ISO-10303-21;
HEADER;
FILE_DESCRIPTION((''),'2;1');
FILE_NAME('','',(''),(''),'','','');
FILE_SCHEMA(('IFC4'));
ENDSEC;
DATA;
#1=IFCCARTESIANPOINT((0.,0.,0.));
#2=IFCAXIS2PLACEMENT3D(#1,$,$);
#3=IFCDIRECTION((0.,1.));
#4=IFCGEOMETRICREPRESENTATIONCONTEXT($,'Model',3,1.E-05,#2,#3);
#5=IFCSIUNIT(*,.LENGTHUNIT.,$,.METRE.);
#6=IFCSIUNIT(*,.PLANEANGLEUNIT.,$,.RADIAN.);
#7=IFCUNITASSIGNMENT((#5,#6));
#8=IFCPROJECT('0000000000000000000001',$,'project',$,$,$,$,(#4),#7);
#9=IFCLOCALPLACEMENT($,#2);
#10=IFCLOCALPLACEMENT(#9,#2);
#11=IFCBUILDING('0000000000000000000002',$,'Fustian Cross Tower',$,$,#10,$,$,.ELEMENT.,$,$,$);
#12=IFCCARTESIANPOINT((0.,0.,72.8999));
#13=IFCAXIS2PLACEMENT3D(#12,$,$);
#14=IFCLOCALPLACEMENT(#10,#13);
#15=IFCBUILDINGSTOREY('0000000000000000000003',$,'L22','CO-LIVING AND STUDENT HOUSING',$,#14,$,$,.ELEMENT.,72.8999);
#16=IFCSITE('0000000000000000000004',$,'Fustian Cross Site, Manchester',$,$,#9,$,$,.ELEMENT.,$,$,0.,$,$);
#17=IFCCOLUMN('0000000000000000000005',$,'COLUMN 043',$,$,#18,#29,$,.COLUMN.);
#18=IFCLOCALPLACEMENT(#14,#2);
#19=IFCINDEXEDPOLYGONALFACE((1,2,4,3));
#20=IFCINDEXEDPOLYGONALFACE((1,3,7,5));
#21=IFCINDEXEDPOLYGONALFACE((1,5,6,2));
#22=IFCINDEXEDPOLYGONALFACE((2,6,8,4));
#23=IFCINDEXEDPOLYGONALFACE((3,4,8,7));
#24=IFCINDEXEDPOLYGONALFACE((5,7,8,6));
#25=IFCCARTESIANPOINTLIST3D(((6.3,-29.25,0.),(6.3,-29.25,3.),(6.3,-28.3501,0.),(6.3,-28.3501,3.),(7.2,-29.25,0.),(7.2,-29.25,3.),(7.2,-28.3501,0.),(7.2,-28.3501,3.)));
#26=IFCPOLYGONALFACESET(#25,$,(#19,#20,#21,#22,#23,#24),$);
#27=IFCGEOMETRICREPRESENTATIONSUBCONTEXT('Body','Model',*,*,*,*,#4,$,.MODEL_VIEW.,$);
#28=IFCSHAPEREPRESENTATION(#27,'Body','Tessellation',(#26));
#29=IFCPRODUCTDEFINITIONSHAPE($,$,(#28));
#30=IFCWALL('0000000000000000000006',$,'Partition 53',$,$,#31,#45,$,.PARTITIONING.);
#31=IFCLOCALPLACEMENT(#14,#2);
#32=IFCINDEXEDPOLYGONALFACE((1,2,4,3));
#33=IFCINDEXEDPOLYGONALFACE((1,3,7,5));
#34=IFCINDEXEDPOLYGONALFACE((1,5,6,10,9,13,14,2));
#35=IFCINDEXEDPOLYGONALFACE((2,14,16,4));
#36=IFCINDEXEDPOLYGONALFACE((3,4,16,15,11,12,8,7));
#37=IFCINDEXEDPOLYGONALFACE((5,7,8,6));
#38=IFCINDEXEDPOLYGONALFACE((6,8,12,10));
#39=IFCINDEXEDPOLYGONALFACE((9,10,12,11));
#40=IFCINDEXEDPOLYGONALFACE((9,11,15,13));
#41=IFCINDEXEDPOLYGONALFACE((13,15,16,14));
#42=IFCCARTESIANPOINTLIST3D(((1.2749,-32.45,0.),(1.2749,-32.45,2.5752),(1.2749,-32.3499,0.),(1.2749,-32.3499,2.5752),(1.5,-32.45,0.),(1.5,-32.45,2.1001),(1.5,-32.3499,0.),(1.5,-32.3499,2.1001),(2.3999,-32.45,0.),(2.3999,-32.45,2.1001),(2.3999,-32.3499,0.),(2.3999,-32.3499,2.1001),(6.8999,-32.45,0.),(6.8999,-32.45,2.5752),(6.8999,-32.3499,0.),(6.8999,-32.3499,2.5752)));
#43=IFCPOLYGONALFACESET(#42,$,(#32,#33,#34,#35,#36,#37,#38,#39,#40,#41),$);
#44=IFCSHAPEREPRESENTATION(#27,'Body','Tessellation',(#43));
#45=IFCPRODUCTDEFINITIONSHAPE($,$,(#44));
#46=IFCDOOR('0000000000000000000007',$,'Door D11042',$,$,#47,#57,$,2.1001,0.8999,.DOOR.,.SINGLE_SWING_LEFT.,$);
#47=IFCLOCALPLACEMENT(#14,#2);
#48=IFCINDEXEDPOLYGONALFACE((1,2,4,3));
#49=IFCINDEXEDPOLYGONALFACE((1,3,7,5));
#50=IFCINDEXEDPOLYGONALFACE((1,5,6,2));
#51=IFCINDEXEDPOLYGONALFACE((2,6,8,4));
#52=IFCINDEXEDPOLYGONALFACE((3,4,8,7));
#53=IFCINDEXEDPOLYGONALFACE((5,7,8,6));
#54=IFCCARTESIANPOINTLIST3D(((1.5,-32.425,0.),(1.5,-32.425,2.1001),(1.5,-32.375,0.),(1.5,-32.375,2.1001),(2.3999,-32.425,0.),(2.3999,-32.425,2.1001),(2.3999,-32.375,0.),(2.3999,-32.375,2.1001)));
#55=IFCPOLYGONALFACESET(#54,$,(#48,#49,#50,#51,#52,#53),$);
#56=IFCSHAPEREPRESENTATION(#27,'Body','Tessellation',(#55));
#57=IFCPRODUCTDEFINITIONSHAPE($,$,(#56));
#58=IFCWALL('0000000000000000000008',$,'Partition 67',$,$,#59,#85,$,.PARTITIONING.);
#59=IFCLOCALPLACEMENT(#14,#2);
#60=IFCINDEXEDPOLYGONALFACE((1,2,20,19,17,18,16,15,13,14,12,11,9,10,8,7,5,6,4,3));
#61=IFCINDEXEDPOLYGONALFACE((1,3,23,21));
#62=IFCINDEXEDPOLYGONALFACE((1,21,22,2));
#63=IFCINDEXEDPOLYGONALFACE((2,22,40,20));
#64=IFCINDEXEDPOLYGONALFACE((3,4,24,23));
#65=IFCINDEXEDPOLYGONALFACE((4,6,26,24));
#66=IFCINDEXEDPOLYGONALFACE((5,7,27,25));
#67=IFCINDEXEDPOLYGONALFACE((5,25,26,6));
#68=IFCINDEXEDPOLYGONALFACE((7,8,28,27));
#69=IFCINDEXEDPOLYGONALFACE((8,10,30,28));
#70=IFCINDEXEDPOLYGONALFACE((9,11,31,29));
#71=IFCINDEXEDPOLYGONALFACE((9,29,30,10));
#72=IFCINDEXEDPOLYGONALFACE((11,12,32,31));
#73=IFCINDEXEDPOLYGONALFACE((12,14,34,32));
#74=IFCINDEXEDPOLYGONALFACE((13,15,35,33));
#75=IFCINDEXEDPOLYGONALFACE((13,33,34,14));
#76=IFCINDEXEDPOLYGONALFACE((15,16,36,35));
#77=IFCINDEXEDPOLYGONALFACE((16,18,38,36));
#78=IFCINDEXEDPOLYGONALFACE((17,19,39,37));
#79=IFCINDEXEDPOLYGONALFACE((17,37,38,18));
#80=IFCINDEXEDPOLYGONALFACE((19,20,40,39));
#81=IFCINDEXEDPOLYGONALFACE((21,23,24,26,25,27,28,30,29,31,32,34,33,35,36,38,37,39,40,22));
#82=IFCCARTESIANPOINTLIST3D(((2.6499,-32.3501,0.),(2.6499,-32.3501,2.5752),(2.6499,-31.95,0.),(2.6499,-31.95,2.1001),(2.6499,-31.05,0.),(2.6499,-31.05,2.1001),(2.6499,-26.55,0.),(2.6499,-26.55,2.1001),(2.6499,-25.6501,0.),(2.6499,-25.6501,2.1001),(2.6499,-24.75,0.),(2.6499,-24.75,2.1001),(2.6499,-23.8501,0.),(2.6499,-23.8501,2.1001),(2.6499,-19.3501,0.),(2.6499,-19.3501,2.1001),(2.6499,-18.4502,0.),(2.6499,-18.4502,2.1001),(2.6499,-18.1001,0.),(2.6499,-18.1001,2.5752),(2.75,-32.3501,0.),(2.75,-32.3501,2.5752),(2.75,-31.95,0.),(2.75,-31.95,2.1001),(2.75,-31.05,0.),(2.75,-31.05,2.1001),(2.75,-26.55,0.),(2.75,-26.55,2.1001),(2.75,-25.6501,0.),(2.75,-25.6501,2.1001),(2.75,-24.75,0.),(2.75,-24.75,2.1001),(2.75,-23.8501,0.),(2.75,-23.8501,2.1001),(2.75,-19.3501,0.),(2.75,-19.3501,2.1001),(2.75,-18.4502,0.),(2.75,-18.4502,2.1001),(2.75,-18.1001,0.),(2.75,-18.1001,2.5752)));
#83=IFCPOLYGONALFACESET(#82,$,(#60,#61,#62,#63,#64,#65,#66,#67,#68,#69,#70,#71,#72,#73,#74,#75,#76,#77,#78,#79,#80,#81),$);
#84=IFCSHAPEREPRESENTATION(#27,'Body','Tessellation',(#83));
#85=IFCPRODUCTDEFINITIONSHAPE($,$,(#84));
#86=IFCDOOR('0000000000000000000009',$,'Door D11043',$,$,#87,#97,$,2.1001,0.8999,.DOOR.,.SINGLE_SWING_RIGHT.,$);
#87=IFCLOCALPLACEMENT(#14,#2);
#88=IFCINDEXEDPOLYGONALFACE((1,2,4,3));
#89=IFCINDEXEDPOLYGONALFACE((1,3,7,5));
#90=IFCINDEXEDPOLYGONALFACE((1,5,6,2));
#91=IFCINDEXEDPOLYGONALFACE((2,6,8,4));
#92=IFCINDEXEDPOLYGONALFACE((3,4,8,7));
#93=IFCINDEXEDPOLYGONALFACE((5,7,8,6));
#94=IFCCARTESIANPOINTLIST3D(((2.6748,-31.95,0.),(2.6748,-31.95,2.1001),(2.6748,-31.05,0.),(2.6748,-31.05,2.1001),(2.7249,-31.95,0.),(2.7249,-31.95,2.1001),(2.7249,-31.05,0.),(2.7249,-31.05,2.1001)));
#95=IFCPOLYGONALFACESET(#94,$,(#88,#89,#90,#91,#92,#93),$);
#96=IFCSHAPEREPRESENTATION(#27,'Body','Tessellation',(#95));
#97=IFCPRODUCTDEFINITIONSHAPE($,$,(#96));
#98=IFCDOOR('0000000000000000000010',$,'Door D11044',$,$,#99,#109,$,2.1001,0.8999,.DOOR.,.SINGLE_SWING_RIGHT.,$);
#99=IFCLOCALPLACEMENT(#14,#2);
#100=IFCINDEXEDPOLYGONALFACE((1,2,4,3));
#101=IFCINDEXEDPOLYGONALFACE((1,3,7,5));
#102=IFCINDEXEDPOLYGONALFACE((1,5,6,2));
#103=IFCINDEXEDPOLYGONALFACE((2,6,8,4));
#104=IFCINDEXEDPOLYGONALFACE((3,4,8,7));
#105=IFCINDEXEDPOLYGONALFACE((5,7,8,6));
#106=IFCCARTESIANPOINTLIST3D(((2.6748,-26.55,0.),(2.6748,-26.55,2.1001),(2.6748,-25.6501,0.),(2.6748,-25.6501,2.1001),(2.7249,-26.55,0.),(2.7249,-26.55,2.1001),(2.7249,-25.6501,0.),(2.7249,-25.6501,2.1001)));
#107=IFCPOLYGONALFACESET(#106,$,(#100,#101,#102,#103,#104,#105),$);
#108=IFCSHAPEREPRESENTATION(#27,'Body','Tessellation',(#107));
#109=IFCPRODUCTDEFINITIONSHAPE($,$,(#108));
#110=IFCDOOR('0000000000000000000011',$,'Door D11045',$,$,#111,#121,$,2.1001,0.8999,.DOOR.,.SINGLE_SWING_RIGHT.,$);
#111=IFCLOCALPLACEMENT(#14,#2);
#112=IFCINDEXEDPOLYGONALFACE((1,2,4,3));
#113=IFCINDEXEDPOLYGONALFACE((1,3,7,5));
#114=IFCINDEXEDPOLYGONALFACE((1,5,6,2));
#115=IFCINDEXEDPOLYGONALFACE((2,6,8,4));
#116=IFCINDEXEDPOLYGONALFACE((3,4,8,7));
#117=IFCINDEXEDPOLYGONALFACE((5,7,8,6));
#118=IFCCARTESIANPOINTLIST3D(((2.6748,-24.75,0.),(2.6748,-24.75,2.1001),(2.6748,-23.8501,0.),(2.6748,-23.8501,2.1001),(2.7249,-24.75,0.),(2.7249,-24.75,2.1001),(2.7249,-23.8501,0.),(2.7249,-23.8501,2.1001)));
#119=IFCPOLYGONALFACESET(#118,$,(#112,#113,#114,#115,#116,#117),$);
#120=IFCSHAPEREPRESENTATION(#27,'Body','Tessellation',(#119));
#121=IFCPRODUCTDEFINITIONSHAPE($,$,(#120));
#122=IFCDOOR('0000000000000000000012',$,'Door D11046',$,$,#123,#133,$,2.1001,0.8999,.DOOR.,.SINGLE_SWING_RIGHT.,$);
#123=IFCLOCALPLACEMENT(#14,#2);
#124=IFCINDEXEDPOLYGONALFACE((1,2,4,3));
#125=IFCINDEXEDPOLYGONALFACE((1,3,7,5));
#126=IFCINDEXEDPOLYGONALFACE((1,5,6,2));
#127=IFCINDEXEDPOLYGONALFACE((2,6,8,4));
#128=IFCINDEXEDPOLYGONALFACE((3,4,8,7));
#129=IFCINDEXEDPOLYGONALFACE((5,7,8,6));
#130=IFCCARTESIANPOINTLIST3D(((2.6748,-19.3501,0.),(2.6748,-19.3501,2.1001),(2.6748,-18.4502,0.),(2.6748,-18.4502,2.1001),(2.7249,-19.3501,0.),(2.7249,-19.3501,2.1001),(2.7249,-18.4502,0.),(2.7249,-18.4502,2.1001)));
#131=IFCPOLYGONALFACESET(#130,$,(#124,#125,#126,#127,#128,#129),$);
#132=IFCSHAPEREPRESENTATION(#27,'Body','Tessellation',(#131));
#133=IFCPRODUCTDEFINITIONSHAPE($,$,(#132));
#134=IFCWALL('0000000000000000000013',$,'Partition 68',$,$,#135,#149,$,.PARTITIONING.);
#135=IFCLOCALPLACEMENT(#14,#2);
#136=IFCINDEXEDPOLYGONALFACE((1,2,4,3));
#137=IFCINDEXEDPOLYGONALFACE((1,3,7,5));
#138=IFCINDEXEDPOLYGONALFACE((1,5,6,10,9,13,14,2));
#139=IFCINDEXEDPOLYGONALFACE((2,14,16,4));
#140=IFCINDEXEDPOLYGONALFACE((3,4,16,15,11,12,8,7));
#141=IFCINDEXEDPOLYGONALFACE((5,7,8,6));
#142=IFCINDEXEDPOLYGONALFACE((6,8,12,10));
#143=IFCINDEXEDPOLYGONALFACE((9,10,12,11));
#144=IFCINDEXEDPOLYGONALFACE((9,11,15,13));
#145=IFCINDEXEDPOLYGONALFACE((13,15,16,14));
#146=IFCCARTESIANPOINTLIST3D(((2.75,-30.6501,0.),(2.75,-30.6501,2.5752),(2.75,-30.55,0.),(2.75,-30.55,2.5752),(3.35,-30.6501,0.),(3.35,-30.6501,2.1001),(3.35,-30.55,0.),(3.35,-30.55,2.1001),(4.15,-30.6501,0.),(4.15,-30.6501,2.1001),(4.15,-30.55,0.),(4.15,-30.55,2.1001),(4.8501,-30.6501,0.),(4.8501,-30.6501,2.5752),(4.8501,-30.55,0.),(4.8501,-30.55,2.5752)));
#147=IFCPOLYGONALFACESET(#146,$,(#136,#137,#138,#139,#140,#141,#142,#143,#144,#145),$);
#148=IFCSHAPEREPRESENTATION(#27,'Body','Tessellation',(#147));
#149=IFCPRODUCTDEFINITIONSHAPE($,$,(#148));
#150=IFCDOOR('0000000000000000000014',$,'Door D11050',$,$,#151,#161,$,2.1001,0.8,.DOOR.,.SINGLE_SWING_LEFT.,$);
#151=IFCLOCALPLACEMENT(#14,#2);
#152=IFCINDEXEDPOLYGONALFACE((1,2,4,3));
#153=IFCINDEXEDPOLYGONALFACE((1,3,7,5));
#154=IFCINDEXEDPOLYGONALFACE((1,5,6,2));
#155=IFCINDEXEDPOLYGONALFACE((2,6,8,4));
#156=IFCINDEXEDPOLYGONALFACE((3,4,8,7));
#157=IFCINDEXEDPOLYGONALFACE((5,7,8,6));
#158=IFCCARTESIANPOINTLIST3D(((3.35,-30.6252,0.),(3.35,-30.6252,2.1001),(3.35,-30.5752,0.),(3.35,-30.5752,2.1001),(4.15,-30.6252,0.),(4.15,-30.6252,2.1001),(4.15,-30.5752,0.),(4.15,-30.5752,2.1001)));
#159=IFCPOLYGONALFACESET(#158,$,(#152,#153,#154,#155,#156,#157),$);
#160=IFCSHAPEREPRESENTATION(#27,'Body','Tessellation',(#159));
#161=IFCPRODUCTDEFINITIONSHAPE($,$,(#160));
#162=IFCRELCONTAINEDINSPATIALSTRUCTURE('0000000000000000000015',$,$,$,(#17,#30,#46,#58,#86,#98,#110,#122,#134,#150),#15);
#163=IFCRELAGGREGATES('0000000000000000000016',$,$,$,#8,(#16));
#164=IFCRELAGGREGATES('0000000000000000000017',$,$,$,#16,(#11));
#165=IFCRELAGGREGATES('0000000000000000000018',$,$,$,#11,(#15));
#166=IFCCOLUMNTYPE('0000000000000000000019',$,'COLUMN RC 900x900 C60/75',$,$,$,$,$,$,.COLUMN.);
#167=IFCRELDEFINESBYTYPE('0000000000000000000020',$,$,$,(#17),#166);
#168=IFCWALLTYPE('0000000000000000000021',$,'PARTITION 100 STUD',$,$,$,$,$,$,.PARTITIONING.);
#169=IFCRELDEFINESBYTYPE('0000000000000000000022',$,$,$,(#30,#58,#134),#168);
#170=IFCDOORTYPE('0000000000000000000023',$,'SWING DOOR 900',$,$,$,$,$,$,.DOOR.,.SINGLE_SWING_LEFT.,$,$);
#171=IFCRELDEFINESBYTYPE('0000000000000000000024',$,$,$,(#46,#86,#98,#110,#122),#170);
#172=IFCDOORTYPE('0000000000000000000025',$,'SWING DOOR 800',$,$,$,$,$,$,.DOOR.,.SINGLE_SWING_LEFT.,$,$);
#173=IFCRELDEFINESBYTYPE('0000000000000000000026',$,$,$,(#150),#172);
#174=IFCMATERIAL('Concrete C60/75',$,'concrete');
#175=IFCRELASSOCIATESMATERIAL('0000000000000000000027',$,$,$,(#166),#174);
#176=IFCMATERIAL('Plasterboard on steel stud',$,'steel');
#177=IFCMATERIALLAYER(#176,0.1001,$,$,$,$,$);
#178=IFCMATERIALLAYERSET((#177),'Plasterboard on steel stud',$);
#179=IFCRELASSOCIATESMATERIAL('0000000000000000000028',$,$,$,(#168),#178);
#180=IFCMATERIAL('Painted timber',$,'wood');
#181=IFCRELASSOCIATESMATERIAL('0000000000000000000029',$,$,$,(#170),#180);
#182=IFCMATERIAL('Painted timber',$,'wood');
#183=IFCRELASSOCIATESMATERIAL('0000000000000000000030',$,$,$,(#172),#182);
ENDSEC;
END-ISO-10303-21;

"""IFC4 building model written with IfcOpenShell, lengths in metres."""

from ifc_helpers import new_model, si_unit, direction, frame, frame_2d, origin, origin_2d, place, context, subcontext, project, spatial, rectangle, extrude, material, layer, layer_set, material_profile, profile_set, type_object, element, fill, save


model = new_model("IFC4")

# Units and contexts
model_context = context("Model", 3, precision=1e-05, world=origin(), true_north=direction((0.0, 1.0)))
body_context = subcontext(model_context, "Body", "Model", "MODEL_VIEW")
ifc_project = project(units=[si_unit("LENGTHUNIT", "METRE"), si_unit("PLANEANGLEUNIT", "RADIAN")], contexts=[model_context])

# Site, building, storey
site_placement = place(None, origin())
site = spatial("IfcSite", under=ifc_project, at=site_placement, Name="Fustian Cross Site, Manchester", CompositionType="ELEMENT", RefElevation=0.0)
building_placement = place(site_placement, origin())
building = spatial("IfcBuilding", under=site, at=building_placement, Name="Fustian Cross Tower", CompositionType="ELEMENT")
storey_placement = place(building_placement, frame((0.0, 0.0, 72.8999)))
storey = spatial("IfcBuildingStorey", under=building, at=storey_placement, Name="L22", Description="CO-LIVING AND STUDENT HOUSING", CompositionType="ELEMENT", Elevation=72.8999)

# Column
ifc_material_1 = material(Name="Concrete C60/75", Category="concrete")
ifc_material_profile = material_profile(ifc_material_1, rectangle(XDim=0.8999, YDim=0.8999, at=origin_2d()), Name="RC 900x900")
ifc_profile_set = profile_set([ifc_material_profile], Name="Concrete C60/75")
column_type = type_object("IfcColumnType", Name="COLUMN RC 900x900 C60/75", PredefinedType="COLUMN", material=ifc_profile_set)
column_placement = place(storey_placement, frame((6.75, -28.8, 0.0), z_axis=(0.0, 0.0, 1.0), x_axis=(1.0, 0.0, 0.0)))
element("IfcColumn", 1, at=column_placement, inside=storey, type_object=column_type, Name="COLUMN 043", PredefinedType="COLUMN", context=body_context, shape_type="SweptSolid", body=[
    extrude(rectangle(XDim=0.8999, YDim=0.8999, at=origin_2d()), origin(), (0.0, 0.0, 1.0), 3.0),
])

# Wall, opening, door
ifc_material_2 = material(Name="Plasterboard on steel stud", Category="steel")
ifc_layer = layer(ifc_material_2, 0.1001)
ifc_layer_set = layer_set([ifc_layer], Name="Plasterboard on steel stud")
wall_type = type_object("IfcWallType", Name="PARTITION 100 STUD", PredefinedType="PARTITIONING", material=ifc_layer_set)
wall_1_placement = place(storey_placement, frame((1.2749, -32.3999, 0.0), z_axis=(0.0, 0.0, 1.0), x_axis=(1.0, 0.0, 0.0)))
wall_1 = element("IfcWall", 2, at=wall_1_placement, inside=storey, type_object=wall_type, Name="Partition 53", PredefinedType="PARTITIONING", context=body_context, shape_type="SweptSolid", body=[
    extrude(rectangle(XDim=5.625, YDim=0.1001, at=frame_2d((2.8125, 0.0))), origin(), (0.0, 0.0, 1.0), 2.5752),
])
opening_1_placement = place(wall_1_placement, frame((0.2251, 0.0, 0.0)))
opening_1 = element("IfcOpeningElement", 3, at=opening_1_placement, cuts=wall_1, PredefinedType="OPENING", context=body_context, shape_type="SweptSolid", body=[
    extrude(rectangle(XDim=0.8999, YDim=2.1001, at=frame_2d((0.45, 1.05))), frame((0.0, 0.0601, 0.0), z_axis=(0.0, -1.0, 0.0), x_axis=(1.0, 0.0, 0.0)), (0.0, 0.0, 1.0), 0.1201),
])
ifc_material_3 = material(Name="Painted timber", Category="wood")
door_type_1 = type_object("IfcDoorType", Name="SWING DOOR 900", OperationType="SINGLE_SWING_LEFT", PredefinedType="DOOR", material=ifc_material_3)
door_1_placement = place(opening_1_placement, origin())
door_1 = element("IfcDoor", 4, at=door_1_placement, inside=storey, type_object=door_type_1, Name="Door D11042", OperationType="SINGLE_SWING_LEFT", OverallHeight=2.1001, OverallWidth=0.8999, PredefinedType="DOOR", context=body_context, shape_type="SweptSolid", body=[
    extrude(rectangle(XDim=0.8999, YDim=2.1001, at=frame_2d((0.45, 1.05))), frame((0.0, 0.0249, 0.0), z_axis=(0.0, -1.0, 0.0), x_axis=(1.0, 0.0, 0.0)), (0.0, 0.0, 1.0), 0.05),
])
fill(opening_1, door_1)

# Wall, openings, doors
wall_2_placement = place(storey_placement, frame((2.7, -32.3501, 0.0), z_axis=(0.0, 0.0, 1.0), x_axis=(0.0, 1.0, 0.0)))
wall_2 = element("IfcWall", 5, at=wall_2_placement, inside=storey, type_object=wall_type, Name="Partition 67", PredefinedType="PARTITIONING", context=body_context, shape_type="SweptSolid", body=[
    extrude(rectangle(XDim=14.25, YDim=0.1001, at=frame_2d((7.125, 0.0))), origin(), (0.0, 0.0, 1.0), 2.5752),
])
opening_2_placement = place(wall_2_placement, frame((0.4001, 0.0, 0.0)))
opening_2 = element("IfcOpeningElement", 6, at=opening_2_placement, cuts=wall_2, PredefinedType="OPENING", context=body_context, shape_type="SweptSolid", body=[
    extrude(rectangle(XDim=0.8999, YDim=2.1001, at=frame_2d((0.45, 1.05))), frame((0.0, 0.0601, 0.0), z_axis=(0.0, -1.0, 0.0), x_axis=(1.0, 0.0, 0.0)), (0.0, 0.0, 1.0), 0.1201),
])
opening_3_placement = place(wall_2_placement, frame((5.8, 0.0, 0.0)))
opening_3 = element("IfcOpeningElement", 7, at=opening_3_placement, cuts=wall_2, PredefinedType="OPENING", context=body_context, shape_type="SweptSolid", body=[
    extrude(rectangle(XDim=0.8999, YDim=2.1001, at=frame_2d((0.45, 1.05))), frame((0.0, 0.0601, 0.0), z_axis=(0.0, -1.0, 0.0), x_axis=(1.0, 0.0, 0.0)), (0.0, 0.0, 1.0), 0.1201),
])
opening_4_placement = place(wall_2_placement, frame((7.6001, 0.0, 0.0)))
opening_4 = element("IfcOpeningElement", 8, at=opening_4_placement, cuts=wall_2, PredefinedType="OPENING", context=body_context, shape_type="SweptSolid", body=[
    extrude(rectangle(XDim=0.8999, YDim=2.1001, at=frame_2d((0.45, 1.05))), frame((0.0, 0.0601, 0.0), z_axis=(0.0, -1.0, 0.0), x_axis=(1.0, 0.0, 0.0)), (0.0, 0.0, 1.0), 0.1201),
])
opening_5_placement = place(wall_2_placement, frame((13.0, 0.0, 0.0)))
opening_5 = element("IfcOpeningElement", 9, at=opening_5_placement, cuts=wall_2, PredefinedType="OPENING", context=body_context, shape_type="SweptSolid", body=[
    extrude(rectangle(XDim=0.8999, YDim=2.1001, at=frame_2d((0.45, 1.05))), frame((0.0, 0.0601, 0.0), z_axis=(0.0, -1.0, 0.0), x_axis=(1.0, 0.0, 0.0)), (0.0, 0.0, 1.0), 0.1201),
])
door_2_placement = place(opening_2_placement, frame((0.8999, 0.0, 0.0), z_axis=(0.0, 0.0, 1.0), x_axis=(-1.0, 0.0, 0.0)))
door_2 = element("IfcDoor", 10, at=door_2_placement, inside=storey, type_object=door_type_1, Name="Door D11043", OperationType="SINGLE_SWING_RIGHT", OverallHeight=2.1001, OverallWidth=0.8999, PredefinedType="DOOR", context=body_context, shape_type="SweptSolid", body=[
    extrude(rectangle(XDim=0.8999, YDim=2.1001, at=frame_2d((0.45, 1.05))), frame((0.0, 0.0249, 0.0), z_axis=(0.0, -1.0, 0.0), x_axis=(1.0, 0.0, 0.0)), (0.0, 0.0, 1.0), 0.05),
])
fill(opening_2, door_2)
door_3_placement = place(opening_3_placement, frame((0.8999, 0.0, 0.0), z_axis=(0.0, 0.0, 1.0), x_axis=(-1.0, 0.0, 0.0)))
door_3 = element("IfcDoor", 11, at=door_3_placement, inside=storey, type_object=door_type_1, Name="Door D11044", OperationType="SINGLE_SWING_RIGHT", OverallHeight=2.1001, OverallWidth=0.8999, PredefinedType="DOOR", context=body_context, shape_type="SweptSolid", body=[
    extrude(rectangle(XDim=0.8999, YDim=2.1001, at=frame_2d((0.45, 1.05))), frame((0.0, 0.0249, 0.0), z_axis=(0.0, -1.0, 0.0), x_axis=(1.0, 0.0, 0.0)), (0.0, 0.0, 1.0), 0.05),
])
fill(opening_3, door_3)
door_4_placement = place(opening_4_placement, frame((0.8999, 0.0, 0.0), z_axis=(0.0, 0.0, 1.0), x_axis=(-1.0, 0.0, 0.0)))
door_4 = element("IfcDoor", 12, at=door_4_placement, inside=storey, type_object=door_type_1, Name="Door D11045", OperationType="SINGLE_SWING_RIGHT", OverallHeight=2.1001, OverallWidth=0.8999, PredefinedType="DOOR", context=body_context, shape_type="SweptSolid", body=[
    extrude(rectangle(XDim=0.8999, YDim=2.1001, at=frame_2d((0.45, 1.05))), frame((0.0, 0.0249, 0.0), z_axis=(0.0, -1.0, 0.0), x_axis=(1.0, 0.0, 0.0)), (0.0, 0.0, 1.0), 0.05),
])
fill(opening_4, door_4)
door_5_placement = place(opening_5_placement, frame((0.8999, 0.0, 0.0), z_axis=(0.0, 0.0, 1.0), x_axis=(-1.0, 0.0, 0.0)))
door_5 = element("IfcDoor", 13, at=door_5_placement, inside=storey, type_object=door_type_1, Name="Door D11046", OperationType="SINGLE_SWING_RIGHT", OverallHeight=2.1001, OverallWidth=0.8999, PredefinedType="DOOR", context=body_context, shape_type="SweptSolid", body=[
    extrude(rectangle(XDim=0.8999, YDim=2.1001, at=frame_2d((0.45, 1.05))), frame((0.0, 0.0249, 0.0), z_axis=(0.0, -1.0, 0.0), x_axis=(1.0, 0.0, 0.0)), (0.0, 0.0, 1.0), 0.05),
])
fill(opening_5, door_5)

# Wall, opening, door
wall_3_placement = place(storey_placement, frame((2.75, -30.6001, 0.0), z_axis=(0.0, 0.0, 1.0), x_axis=(1.0, 0.0, 0.0)))
wall_3 = element("IfcWall", 14, at=wall_3_placement, inside=storey, type_object=wall_type, Name="Partition 68", PredefinedType="PARTITIONING", context=body_context, shape_type="SweptSolid", body=[
    extrude(rectangle(XDim=2.1001, YDim=0.1001, at=frame_2d((1.05, 0.0))), origin(), (0.0, 0.0, 1.0), 2.5752),
])
opening_6_placement = place(wall_3_placement, frame((0.6001, 0.0, 0.0)))
opening_6 = element("IfcOpeningElement", 15, at=opening_6_placement, cuts=wall_3, PredefinedType="OPENING", context=body_context, shape_type="SweptSolid", body=[
    extrude(rectangle(XDim=0.8, YDim=2.1001, at=frame_2d((0.3999, 1.05))), frame((0.0, 0.0601, 0.0), z_axis=(0.0, -1.0, 0.0), x_axis=(1.0, 0.0, 0.0)), (0.0, 0.0, 1.0), 0.1201),
])
ifc_material_4 = material(Name="Painted timber", Category="wood")
door_type_2 = type_object("IfcDoorType", Name="SWING DOOR 800", OperationType="SINGLE_SWING_LEFT", PredefinedType="DOOR", material=ifc_material_4)
door_6_placement = place(opening_6_placement, origin())
door_6 = element("IfcDoor", 16, at=door_6_placement, inside=storey, type_object=door_type_2, Name="Door D11050", OperationType="SINGLE_SWING_LEFT", OverallHeight=2.1001, OverallWidth=0.8, PredefinedType="DOOR", context=body_context, shape_type="SweptSolid", body=[
    extrude(rectangle(XDim=0.8, YDim=2.1001, at=frame_2d((0.3999, 1.05))), frame((0.0, 0.0249, 0.0), z_axis=(0.0, -1.0, 0.0), x_axis=(1.0, 0.0, 0.0)), (0.0, 0.0, 1.0), 0.05),
])
fill(opening_6, door_6)

save(model, "model.ifc")
